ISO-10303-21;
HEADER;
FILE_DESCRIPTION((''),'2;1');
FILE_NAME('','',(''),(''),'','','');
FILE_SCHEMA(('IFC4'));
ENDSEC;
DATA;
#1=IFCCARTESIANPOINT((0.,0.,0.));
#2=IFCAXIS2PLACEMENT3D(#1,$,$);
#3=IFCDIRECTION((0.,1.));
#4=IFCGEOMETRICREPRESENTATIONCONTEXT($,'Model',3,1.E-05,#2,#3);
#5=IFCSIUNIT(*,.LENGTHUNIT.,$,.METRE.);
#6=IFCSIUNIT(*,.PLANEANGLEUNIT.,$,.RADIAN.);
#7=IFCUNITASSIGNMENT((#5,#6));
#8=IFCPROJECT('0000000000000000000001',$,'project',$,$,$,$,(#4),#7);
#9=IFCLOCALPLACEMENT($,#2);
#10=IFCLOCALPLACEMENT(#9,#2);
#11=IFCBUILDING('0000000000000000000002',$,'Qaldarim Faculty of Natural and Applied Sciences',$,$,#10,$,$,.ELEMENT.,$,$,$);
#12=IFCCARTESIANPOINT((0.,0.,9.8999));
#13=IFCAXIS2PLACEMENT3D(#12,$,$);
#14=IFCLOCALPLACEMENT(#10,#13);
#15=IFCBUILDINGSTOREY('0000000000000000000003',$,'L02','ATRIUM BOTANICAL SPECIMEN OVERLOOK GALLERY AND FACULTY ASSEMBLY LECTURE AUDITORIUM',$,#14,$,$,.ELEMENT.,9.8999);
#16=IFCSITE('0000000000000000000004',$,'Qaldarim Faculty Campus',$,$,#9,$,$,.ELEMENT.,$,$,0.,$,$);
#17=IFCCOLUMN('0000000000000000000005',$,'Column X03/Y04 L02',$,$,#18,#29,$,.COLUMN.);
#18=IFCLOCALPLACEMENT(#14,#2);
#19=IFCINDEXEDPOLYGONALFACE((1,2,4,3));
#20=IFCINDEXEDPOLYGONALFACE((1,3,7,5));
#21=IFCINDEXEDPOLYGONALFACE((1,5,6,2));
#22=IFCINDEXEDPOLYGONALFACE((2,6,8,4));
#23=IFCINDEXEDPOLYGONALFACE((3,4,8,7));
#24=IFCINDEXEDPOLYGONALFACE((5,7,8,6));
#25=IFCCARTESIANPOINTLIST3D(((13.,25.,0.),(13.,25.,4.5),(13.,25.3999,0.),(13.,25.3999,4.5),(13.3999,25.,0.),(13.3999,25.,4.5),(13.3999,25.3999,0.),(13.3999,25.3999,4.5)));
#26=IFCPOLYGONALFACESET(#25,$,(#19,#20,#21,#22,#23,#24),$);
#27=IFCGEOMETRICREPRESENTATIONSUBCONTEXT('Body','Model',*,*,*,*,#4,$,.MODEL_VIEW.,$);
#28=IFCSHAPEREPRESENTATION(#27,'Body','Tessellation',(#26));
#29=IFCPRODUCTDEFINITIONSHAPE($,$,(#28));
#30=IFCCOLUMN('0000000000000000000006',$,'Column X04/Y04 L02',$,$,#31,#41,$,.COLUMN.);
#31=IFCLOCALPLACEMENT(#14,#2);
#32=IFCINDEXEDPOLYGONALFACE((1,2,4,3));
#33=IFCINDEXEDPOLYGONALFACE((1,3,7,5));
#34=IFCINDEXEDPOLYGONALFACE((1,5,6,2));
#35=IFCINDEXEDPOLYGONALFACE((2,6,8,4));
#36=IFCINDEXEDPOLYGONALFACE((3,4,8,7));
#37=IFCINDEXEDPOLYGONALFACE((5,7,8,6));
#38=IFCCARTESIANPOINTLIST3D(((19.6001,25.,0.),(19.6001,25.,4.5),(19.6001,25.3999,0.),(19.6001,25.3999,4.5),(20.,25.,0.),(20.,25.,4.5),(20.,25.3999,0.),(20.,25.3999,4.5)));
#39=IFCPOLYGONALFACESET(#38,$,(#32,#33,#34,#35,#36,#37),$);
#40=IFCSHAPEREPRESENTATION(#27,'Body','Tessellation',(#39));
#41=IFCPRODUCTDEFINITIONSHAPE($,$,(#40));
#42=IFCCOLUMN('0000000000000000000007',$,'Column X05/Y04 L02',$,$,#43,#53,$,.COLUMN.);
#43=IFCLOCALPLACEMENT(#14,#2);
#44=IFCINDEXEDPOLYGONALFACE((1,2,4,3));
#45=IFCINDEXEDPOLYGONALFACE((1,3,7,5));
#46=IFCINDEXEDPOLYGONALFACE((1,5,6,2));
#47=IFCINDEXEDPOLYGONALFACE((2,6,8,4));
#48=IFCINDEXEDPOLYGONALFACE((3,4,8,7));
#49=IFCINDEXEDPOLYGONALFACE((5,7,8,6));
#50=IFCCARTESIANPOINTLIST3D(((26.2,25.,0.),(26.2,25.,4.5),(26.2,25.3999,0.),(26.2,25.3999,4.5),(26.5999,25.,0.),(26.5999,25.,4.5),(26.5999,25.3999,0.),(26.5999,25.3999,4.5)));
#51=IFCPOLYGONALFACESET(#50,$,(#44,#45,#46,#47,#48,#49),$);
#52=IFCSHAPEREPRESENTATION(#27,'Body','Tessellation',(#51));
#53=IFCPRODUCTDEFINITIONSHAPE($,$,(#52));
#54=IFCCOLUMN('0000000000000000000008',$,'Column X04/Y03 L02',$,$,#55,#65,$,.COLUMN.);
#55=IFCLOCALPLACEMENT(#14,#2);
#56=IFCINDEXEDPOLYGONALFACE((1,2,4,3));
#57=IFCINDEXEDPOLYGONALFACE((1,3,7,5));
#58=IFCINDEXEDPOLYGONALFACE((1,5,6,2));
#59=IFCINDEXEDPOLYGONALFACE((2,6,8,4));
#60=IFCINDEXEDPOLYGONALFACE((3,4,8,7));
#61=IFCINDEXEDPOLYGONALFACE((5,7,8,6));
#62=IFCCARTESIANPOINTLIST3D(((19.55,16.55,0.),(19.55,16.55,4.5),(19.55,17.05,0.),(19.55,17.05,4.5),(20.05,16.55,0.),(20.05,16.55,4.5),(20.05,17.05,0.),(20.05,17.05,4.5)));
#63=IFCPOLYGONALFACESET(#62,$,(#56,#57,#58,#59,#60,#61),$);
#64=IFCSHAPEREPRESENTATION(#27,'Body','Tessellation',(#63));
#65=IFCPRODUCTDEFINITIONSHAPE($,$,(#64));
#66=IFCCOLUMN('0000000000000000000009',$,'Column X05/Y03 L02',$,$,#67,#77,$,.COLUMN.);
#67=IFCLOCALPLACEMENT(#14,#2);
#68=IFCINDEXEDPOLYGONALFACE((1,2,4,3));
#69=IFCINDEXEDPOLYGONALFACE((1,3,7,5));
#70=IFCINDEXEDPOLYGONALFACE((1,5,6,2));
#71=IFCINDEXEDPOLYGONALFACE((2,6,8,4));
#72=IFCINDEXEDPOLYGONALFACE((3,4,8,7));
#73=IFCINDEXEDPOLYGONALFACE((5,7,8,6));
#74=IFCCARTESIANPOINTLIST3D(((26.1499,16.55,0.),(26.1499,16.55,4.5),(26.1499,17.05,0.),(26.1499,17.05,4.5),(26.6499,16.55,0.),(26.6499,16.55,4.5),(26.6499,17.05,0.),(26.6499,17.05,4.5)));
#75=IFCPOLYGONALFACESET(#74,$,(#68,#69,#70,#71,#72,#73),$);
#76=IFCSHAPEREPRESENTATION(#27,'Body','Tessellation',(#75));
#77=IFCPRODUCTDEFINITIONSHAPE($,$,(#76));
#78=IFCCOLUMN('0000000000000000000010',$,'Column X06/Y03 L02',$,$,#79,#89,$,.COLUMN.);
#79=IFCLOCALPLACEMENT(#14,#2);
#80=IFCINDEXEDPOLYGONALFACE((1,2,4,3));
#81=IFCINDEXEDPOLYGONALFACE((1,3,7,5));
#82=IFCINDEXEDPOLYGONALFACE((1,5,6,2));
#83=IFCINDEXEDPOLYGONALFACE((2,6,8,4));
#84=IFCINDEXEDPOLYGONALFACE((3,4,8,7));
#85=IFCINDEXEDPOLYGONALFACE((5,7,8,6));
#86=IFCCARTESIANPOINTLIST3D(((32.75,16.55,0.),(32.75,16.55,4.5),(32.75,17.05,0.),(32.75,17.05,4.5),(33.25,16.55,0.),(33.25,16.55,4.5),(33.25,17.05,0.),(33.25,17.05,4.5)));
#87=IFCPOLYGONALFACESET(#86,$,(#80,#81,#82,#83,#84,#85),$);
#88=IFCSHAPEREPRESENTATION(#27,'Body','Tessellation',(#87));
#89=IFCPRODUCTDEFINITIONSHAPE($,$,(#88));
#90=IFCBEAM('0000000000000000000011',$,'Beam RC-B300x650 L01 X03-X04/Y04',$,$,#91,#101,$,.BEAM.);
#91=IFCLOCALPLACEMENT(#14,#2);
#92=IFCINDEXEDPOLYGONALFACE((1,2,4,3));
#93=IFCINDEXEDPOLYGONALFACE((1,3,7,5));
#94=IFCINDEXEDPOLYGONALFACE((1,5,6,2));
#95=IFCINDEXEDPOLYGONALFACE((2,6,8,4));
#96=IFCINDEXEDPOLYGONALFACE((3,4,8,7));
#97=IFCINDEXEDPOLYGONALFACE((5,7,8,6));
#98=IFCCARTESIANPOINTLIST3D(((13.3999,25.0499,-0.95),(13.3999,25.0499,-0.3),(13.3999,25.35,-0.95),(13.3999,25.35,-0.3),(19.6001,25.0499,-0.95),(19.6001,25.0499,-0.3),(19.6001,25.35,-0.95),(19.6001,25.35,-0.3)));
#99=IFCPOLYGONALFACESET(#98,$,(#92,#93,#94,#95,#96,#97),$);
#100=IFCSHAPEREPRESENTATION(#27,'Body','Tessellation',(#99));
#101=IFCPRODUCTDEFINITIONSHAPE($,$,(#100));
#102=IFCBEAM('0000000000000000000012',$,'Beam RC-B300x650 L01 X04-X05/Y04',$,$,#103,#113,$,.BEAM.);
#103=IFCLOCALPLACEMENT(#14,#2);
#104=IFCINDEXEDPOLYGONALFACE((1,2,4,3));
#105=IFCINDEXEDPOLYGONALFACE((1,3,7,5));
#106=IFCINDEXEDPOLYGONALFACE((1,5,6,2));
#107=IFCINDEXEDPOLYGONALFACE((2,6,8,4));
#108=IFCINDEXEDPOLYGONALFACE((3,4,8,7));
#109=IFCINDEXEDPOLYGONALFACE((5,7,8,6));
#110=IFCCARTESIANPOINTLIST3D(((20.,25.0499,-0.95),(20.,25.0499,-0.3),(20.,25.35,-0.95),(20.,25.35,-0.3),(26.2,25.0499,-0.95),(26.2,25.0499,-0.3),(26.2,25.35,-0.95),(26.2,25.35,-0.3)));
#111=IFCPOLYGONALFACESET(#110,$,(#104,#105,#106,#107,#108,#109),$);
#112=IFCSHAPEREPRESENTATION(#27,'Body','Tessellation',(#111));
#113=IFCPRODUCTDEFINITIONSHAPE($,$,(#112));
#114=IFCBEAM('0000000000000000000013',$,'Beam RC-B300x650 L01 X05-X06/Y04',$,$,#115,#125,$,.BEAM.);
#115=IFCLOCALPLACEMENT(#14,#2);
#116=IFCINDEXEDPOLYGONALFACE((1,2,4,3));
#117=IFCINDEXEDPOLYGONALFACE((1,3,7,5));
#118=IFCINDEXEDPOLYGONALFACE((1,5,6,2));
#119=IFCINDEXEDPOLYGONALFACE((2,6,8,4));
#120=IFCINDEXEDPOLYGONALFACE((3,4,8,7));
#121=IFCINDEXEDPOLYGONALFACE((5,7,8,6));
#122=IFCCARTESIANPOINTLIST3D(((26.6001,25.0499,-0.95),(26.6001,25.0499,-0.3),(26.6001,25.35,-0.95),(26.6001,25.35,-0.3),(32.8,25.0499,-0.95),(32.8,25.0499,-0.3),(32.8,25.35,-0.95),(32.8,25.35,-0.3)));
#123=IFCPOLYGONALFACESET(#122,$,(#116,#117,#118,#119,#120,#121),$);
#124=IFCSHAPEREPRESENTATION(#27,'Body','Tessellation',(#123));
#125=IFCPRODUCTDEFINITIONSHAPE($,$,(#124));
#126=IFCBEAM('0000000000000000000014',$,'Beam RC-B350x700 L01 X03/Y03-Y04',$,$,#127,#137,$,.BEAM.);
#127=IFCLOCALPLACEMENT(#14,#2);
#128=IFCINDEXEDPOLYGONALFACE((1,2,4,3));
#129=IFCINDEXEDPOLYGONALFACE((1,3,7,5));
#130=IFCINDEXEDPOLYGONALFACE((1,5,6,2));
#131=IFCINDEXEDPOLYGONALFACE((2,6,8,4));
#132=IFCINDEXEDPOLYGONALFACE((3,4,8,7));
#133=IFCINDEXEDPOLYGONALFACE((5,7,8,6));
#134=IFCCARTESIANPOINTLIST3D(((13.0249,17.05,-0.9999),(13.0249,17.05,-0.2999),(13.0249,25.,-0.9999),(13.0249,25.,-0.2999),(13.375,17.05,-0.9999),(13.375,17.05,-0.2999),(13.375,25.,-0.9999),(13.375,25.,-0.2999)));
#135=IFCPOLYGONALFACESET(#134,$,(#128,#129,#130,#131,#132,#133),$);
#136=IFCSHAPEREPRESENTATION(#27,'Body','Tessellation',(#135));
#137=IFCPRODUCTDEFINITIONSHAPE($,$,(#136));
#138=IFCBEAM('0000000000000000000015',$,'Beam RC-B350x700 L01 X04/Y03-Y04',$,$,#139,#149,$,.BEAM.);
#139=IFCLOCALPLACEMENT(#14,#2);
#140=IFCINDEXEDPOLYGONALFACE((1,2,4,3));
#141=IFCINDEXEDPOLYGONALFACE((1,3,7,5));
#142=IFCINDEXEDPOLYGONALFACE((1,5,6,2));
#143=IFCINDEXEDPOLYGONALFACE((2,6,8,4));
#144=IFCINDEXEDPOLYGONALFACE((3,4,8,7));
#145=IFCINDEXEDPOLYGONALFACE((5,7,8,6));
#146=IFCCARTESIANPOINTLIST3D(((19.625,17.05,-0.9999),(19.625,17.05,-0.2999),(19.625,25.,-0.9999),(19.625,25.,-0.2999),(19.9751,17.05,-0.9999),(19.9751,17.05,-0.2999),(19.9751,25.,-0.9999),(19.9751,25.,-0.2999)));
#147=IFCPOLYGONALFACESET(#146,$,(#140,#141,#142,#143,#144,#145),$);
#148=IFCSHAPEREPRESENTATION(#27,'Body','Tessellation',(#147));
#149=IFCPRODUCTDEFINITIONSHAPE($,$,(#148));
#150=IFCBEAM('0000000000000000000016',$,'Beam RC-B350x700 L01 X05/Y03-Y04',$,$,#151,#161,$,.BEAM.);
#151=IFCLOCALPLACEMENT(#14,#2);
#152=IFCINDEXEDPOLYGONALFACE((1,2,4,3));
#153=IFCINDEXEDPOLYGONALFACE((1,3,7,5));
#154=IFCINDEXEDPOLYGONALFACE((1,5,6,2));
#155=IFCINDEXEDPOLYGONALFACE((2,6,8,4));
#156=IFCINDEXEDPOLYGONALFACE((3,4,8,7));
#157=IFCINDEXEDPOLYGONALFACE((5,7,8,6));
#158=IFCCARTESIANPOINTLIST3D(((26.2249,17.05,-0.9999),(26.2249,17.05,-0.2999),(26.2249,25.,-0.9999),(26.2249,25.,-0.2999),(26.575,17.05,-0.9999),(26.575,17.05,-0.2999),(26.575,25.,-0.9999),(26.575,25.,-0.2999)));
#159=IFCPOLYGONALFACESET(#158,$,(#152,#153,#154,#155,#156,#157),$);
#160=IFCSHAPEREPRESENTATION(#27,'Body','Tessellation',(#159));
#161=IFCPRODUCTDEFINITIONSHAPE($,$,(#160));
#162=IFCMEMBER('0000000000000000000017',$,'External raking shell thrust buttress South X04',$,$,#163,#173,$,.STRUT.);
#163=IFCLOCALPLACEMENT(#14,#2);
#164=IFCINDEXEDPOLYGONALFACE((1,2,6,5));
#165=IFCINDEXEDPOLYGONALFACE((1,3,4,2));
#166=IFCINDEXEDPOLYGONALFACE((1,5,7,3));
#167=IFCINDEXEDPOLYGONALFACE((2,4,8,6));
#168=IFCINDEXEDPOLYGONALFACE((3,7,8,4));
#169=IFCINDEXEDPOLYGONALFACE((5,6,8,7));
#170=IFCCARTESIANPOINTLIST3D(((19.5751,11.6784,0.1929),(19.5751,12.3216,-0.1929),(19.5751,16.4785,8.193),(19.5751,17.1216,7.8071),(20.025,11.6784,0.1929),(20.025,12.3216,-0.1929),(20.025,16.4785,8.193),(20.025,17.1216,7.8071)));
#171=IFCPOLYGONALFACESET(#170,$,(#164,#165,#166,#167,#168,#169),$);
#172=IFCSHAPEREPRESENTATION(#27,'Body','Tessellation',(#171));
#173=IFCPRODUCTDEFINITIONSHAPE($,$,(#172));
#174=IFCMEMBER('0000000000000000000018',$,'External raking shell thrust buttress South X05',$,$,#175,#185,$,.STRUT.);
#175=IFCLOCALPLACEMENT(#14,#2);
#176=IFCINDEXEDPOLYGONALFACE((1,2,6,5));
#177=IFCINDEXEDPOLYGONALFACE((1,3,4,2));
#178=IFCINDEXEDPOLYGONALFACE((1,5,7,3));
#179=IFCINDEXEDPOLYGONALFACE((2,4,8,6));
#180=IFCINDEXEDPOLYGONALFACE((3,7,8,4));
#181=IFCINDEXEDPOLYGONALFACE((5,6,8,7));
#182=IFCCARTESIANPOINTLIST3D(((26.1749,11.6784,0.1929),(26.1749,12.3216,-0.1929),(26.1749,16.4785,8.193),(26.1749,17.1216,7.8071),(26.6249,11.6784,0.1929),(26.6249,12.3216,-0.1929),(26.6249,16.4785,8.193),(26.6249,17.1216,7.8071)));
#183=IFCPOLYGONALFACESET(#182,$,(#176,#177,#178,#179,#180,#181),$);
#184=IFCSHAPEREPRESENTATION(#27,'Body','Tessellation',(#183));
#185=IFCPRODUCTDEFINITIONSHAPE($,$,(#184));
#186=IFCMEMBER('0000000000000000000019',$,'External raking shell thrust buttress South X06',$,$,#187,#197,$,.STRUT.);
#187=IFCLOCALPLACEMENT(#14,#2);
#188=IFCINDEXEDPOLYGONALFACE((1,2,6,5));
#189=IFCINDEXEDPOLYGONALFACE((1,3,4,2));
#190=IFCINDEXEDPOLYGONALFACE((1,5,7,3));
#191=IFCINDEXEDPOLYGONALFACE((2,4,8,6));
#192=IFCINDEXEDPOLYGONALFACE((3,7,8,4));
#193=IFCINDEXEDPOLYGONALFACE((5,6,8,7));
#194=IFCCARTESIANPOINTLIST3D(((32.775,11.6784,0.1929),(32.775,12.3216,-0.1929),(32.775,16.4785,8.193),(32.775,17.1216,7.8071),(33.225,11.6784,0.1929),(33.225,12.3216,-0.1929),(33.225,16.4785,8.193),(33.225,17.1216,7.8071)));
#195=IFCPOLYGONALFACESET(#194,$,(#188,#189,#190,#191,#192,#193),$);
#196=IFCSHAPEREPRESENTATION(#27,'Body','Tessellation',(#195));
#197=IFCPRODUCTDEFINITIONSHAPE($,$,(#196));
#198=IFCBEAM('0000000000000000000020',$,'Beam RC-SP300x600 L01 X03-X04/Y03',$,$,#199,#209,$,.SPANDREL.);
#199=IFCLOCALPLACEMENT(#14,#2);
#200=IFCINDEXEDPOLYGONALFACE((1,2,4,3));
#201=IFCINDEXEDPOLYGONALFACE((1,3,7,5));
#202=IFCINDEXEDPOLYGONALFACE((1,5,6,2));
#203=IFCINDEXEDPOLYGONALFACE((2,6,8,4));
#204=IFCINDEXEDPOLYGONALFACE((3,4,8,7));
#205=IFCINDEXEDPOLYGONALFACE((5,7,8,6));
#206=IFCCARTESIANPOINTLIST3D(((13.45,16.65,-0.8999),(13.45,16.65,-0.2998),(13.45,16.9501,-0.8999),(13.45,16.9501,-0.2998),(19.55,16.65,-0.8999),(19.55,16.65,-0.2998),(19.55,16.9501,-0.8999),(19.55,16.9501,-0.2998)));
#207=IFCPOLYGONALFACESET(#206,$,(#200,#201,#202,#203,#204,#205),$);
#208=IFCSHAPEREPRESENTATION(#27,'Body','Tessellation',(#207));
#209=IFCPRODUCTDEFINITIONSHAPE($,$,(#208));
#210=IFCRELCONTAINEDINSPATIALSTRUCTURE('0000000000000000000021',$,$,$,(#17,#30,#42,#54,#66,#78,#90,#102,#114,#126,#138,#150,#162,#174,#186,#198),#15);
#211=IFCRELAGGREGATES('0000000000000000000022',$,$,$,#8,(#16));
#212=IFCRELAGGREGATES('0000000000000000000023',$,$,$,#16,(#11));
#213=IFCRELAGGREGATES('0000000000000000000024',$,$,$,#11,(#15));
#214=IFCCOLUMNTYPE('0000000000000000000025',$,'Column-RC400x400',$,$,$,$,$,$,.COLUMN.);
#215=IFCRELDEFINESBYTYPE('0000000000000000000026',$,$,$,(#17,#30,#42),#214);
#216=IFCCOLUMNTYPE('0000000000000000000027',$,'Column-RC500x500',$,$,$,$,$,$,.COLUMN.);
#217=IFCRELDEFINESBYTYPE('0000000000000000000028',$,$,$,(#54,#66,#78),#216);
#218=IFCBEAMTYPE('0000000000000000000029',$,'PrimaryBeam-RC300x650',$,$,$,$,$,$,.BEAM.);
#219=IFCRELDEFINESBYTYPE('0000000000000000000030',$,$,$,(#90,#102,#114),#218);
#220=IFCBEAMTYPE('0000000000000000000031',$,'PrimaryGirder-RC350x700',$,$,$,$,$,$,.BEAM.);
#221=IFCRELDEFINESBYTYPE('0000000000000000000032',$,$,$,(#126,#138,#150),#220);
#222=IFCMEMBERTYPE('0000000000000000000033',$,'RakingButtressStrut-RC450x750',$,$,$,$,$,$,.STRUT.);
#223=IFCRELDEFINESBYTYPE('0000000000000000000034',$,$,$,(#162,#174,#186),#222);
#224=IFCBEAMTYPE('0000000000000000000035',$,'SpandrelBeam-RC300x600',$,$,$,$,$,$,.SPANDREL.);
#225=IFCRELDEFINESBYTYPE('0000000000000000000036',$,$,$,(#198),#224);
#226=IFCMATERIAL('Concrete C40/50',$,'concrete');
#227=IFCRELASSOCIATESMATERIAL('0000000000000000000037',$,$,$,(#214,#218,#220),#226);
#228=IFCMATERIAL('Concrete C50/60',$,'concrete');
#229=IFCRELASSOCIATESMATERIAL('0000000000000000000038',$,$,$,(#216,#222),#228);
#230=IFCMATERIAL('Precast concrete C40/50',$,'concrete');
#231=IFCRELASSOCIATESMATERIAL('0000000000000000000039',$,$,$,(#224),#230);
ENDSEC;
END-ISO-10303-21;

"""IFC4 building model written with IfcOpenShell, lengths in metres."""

from ifc_helpers import new_model, si_unit, direction, frame, origin, origin_2d, place, context, subcontext, project, spatial, rectangle, extrude, material, material_profile, profile_set, type_object, element, save


model = new_model("IFC4")

# Units and contexts
model_context = context("Model", 3, precision=1e-05, world=origin(), true_north=direction((0.0, 1.0)))
body_context = subcontext(model_context, "Body", "Model", "MODEL_VIEW")
ifc_project = project(units=[si_unit("LENGTHUNIT", "METRE"), si_unit("PLANEANGLEUNIT", "RADIAN")], contexts=[model_context])

# Site, building, storey
site_placement = place(None, origin())
site = spatial("IfcSite", under=ifc_project, at=site_placement, Name="Qaldarim Faculty Campus", CompositionType="ELEMENT", RefElevation=0.0)
building_placement = place(site_placement, origin())
building = spatial("IfcBuilding", under=site, at=building_placement, Name="Qaldarim Faculty of Natural and Applied Sciences", CompositionType="ELEMENT")
storey_placement = place(building_placement, frame((0.0, 0.0, 9.8999)))
storey = spatial("IfcBuildingStorey", under=building, at=storey_placement, Name="L02", Description="ATRIUM BOTANICAL SPECIMEN OVERLOOK GALLERY AND FACULTY ASSEMBLY LECTURE AUDITORIUM", CompositionType="ELEMENT", Elevation=9.8999)

# Columns
ifc_material_1 = material(Name="Concrete C40/50", Category="concrete")
ifc_material_profile_1 = material_profile(ifc_material_1, rectangle(XDim=0.3999, YDim=0.3999, at=origin_2d()), Name="RC-C400x400")
ifc_profile_set_1 = profile_set([ifc_material_profile_1], Name="Concrete C40/50")
column_type_1 = type_object("IfcColumnType", Name="Column-RC400x400", PredefinedType="COLUMN", material=ifc_profile_set_1)
for number, where, z_axis, x_axis, name in (
    (1, (13.2, 25.2, 0.0), (0.0, 0.0, 1.0), (1.0, 0.0, 0.0), "Column X03/Y04 L02"),
    (2, (19.8, 25.2, 0.0), (0.0, 0.0, 1.0), (1.0, 0.0, 0.0), "Column X04/Y04 L02"),
    (3, (26.3999, 25.2, 0.0), (0.0, 0.0, 1.0), (1.0, 0.0, 0.0), "Column X05/Y04 L02"),
):
    element("IfcColumn", number, at=place(storey_placement, frame(where, z_axis=z_axis, x_axis=x_axis)), inside=storey, type_object=column_type_1, Name=name, PredefinedType="COLUMN", context=body_context, shape_type="SweptSolid", body=[
        extrude(rectangle(XDim=0.3999, YDim=0.3999, at=origin_2d()), origin(), (0.0, 0.0, 1.0), 4.5),
    ])
ifc_material_2 = material(Name="Concrete C50/60", Category="concrete")
ifc_material_profile_2 = material_profile(ifc_material_2, rectangle(XDim=0.5, YDim=0.5, at=origin_2d()), Name="RC-C500x500")
ifc_profile_set_2 = profile_set([ifc_material_profile_2], Name="Concrete C50/60")
column_type_2 = type_object("IfcColumnType", Name="Column-RC500x500", PredefinedType="COLUMN", material=ifc_profile_set_2)
for number, where, z_axis, x_axis, name in (
    (4, (19.8, 16.8, 0.0), (0.0, 0.0, 1.0), (1.0, 0.0, 0.0), "Column X04/Y03 L02"),
    (5, (26.3999, 16.8, 0.0), (0.0, 0.0, 1.0), (1.0, 0.0, 0.0), "Column X05/Y03 L02"),
    (6, (33.0, 16.8, 0.0), (0.0, 0.0, 1.0), (1.0, 0.0, 0.0), "Column X06/Y03 L02"),
):
    element("IfcColumn", number, at=place(storey_placement, frame(where, z_axis=z_axis, x_axis=x_axis)), inside=storey, type_object=column_type_2, Name=name, PredefinedType="COLUMN", context=body_context, shape_type="SweptSolid", body=[
        extrude(rectangle(XDim=0.5, YDim=0.5, at=origin_2d()), origin(), (0.0, 0.0, 1.0), 4.5),
    ])

# Beams
ifc_material_profile_3 = material_profile(ifc_material_1, rectangle(XDim=0.3, YDim=0.6499, at=origin_2d()), Name="RC-B300x650")
ifc_profile_set_3 = profile_set([ifc_material_profile_3], Name="Concrete C40/50")
beam_type_1 = type_object("IfcBeamType", Name="PrimaryBeam-RC300x650", PredefinedType="BEAM", material=ifc_profile_set_3)
beam_1_placement = place(storey_placement, frame((13.3999, 25.2, -0.625), z_axis=(1.0, 0.0, 0.0), x_axis=(0.0, 1.0, 0.0)))
element("IfcBeam", 7, at=beam_1_placement, inside=storey, type_object=beam_type_1, Name="Beam RC-B300x650 L01 X03-X04/Y04", PredefinedType="BEAM", context=body_context, shape_type="SweptSolid", body=[
    extrude(rectangle(XDim=0.3, YDim=0.6499, at=origin_2d()), origin(), (0.0, 0.0, 1.0), 6.2002),
])
for number, where, z_axis, x_axis, name in (
    (8, (20.0, 25.2, -0.625), (1.0, 0.0, 0.0), (0.0, 1.0, 0.0), "Beam RC-B300x650 L01 X04-X05/Y04"),
    (9, (26.6001, 25.2, -0.625), (1.0, 0.0, 0.0), (0.0, 1.0, 0.0), "Beam RC-B300x650 L01 X05-X06/Y04"),
):
    element("IfcBeam", number, at=place(storey_placement, frame(where, z_axis=z_axis, x_axis=x_axis)), inside=storey, type_object=beam_type_1, Name=name, PredefinedType="BEAM", context=body_context, shape_type="SweptSolid", body=[
        extrude(rectangle(XDim=0.3, YDim=0.6499, at=origin_2d()), origin(), (0.0, 0.0, 1.0), 6.2),
    ])
ifc_material_profile_4 = material_profile(ifc_material_1, rectangle(XDim=0.3501, YDim=0.7, at=origin_2d()), Name="RC-B350x700")
ifc_profile_set_4 = profile_set([ifc_material_profile_4], Name="Concrete C40/50")
beam_type_2 = type_object("IfcBeamType", Name="PrimaryGirder-RC350x700", PredefinedType="BEAM", material=ifc_profile_set_4)
for number, where, z_axis, x_axis, name in (
    (10, (13.2, 17.05, -0.6499), (0.0, 1.0, 0.0), (-1.0, 0.0, 0.0), "Beam RC-B350x700 L01 X03/Y03-Y04"),
    (11, (19.8, 17.05, -0.6499), (0.0, 1.0, 0.0), (-1.0, 0.0, 0.0), "Beam RC-B350x700 L01 X04/Y03-Y04"),
    (12, (26.3999, 17.05, -0.6499), (0.0, 1.0, 0.0), (-1.0, 0.0, 0.0), "Beam RC-B350x700 L01 X05/Y03-Y04"),
):
    element("IfcBeam", number, at=place(storey_placement, frame(where, z_axis=z_axis, x_axis=x_axis)), inside=storey, type_object=beam_type_2, Name=name, PredefinedType="BEAM", context=body_context, shape_type="SweptSolid", body=[
        extrude(rectangle(XDim=0.3501, YDim=0.7, at=origin_2d()), origin(), (0.0, 0.0, 1.0), 7.95),
    ])

# Members
ifc_material_profile_5 = material_profile(ifc_material_2, rectangle(XDim=0.45, YDim=0.75, at=origin_2d()), Name="RC-S450x750")
ifc_profile_set_5 = profile_set([ifc_material_profile_5], Name="Concrete C50/60")
member_type = type_object("IfcMemberType", Name="RakingButtressStrut-RC450x750", PredefinedType="STRUT", material=ifc_profile_set_5)
for number, where, z_axis, x_axis, name in (
    (13, (19.8, 12.0, 0.0), (0.0, 0.5145, 0.857491), (-1.0, 0.0, 0.0), "External raking shell thrust buttress South X04"),
    (14, (26.3999, 12.0, 0.0), (0.0, 0.5145, 0.857491), (-1.0, 0.0, 0.0), "External raking shell thrust buttress South X05"),
    (15, (33.0, 12.0, 0.0), (0.0, 0.5145, 0.857491), (-1.0, 0.0, 0.0), "External raking shell thrust buttress South X06"),
):
    element("IfcMember", number, at=place(storey_placement, frame(where, z_axis=z_axis, x_axis=x_axis)), inside=storey, type_object=member_type, Name=name, PredefinedType="STRUT", context=body_context, shape_type="SweptSolid", body=[
        extrude(rectangle(XDim=0.45, YDim=0.75, at=origin_2d()), origin(), (0.0, 0.0, 1.0), 9.3296),
    ])

# Beam
ifc_material_3 = material(Name="Precast concrete C40/50", Category="concrete")
ifc_material_profile_6 = material_profile(ifc_material_3, rectangle(XDim=0.3, YDim=0.6001, at=origin_2d()), Name="RC-SP300x600")
ifc_profile_set_6 = profile_set([ifc_material_profile_6], Name="Precast concrete C40/50")
beam_type_3 = type_object("IfcBeamType", Name="SpandrelBeam-RC300x600", PredefinedType="SPANDREL", material=ifc_profile_set_6)
beam_2_placement = place(storey_placement, frame((13.45, 16.8, -0.5999), z_axis=(1.0, 0.0, 0.0), x_axis=(0.0, 1.0, 0.0)))
element("IfcBeam", 16, at=beam_2_placement, inside=storey, type_object=beam_type_3, Name="Beam RC-SP300x600 L01 X03-X04/Y03", PredefinedType="SPANDREL", context=body_context, shape_type="SweptSolid", body=[
    extrude(rectangle(XDim=0.3, YDim=0.6001, at=origin_2d()), origin(), (0.0, 0.0, 1.0), 6.1001),
])

save(model, "model.ifc")
